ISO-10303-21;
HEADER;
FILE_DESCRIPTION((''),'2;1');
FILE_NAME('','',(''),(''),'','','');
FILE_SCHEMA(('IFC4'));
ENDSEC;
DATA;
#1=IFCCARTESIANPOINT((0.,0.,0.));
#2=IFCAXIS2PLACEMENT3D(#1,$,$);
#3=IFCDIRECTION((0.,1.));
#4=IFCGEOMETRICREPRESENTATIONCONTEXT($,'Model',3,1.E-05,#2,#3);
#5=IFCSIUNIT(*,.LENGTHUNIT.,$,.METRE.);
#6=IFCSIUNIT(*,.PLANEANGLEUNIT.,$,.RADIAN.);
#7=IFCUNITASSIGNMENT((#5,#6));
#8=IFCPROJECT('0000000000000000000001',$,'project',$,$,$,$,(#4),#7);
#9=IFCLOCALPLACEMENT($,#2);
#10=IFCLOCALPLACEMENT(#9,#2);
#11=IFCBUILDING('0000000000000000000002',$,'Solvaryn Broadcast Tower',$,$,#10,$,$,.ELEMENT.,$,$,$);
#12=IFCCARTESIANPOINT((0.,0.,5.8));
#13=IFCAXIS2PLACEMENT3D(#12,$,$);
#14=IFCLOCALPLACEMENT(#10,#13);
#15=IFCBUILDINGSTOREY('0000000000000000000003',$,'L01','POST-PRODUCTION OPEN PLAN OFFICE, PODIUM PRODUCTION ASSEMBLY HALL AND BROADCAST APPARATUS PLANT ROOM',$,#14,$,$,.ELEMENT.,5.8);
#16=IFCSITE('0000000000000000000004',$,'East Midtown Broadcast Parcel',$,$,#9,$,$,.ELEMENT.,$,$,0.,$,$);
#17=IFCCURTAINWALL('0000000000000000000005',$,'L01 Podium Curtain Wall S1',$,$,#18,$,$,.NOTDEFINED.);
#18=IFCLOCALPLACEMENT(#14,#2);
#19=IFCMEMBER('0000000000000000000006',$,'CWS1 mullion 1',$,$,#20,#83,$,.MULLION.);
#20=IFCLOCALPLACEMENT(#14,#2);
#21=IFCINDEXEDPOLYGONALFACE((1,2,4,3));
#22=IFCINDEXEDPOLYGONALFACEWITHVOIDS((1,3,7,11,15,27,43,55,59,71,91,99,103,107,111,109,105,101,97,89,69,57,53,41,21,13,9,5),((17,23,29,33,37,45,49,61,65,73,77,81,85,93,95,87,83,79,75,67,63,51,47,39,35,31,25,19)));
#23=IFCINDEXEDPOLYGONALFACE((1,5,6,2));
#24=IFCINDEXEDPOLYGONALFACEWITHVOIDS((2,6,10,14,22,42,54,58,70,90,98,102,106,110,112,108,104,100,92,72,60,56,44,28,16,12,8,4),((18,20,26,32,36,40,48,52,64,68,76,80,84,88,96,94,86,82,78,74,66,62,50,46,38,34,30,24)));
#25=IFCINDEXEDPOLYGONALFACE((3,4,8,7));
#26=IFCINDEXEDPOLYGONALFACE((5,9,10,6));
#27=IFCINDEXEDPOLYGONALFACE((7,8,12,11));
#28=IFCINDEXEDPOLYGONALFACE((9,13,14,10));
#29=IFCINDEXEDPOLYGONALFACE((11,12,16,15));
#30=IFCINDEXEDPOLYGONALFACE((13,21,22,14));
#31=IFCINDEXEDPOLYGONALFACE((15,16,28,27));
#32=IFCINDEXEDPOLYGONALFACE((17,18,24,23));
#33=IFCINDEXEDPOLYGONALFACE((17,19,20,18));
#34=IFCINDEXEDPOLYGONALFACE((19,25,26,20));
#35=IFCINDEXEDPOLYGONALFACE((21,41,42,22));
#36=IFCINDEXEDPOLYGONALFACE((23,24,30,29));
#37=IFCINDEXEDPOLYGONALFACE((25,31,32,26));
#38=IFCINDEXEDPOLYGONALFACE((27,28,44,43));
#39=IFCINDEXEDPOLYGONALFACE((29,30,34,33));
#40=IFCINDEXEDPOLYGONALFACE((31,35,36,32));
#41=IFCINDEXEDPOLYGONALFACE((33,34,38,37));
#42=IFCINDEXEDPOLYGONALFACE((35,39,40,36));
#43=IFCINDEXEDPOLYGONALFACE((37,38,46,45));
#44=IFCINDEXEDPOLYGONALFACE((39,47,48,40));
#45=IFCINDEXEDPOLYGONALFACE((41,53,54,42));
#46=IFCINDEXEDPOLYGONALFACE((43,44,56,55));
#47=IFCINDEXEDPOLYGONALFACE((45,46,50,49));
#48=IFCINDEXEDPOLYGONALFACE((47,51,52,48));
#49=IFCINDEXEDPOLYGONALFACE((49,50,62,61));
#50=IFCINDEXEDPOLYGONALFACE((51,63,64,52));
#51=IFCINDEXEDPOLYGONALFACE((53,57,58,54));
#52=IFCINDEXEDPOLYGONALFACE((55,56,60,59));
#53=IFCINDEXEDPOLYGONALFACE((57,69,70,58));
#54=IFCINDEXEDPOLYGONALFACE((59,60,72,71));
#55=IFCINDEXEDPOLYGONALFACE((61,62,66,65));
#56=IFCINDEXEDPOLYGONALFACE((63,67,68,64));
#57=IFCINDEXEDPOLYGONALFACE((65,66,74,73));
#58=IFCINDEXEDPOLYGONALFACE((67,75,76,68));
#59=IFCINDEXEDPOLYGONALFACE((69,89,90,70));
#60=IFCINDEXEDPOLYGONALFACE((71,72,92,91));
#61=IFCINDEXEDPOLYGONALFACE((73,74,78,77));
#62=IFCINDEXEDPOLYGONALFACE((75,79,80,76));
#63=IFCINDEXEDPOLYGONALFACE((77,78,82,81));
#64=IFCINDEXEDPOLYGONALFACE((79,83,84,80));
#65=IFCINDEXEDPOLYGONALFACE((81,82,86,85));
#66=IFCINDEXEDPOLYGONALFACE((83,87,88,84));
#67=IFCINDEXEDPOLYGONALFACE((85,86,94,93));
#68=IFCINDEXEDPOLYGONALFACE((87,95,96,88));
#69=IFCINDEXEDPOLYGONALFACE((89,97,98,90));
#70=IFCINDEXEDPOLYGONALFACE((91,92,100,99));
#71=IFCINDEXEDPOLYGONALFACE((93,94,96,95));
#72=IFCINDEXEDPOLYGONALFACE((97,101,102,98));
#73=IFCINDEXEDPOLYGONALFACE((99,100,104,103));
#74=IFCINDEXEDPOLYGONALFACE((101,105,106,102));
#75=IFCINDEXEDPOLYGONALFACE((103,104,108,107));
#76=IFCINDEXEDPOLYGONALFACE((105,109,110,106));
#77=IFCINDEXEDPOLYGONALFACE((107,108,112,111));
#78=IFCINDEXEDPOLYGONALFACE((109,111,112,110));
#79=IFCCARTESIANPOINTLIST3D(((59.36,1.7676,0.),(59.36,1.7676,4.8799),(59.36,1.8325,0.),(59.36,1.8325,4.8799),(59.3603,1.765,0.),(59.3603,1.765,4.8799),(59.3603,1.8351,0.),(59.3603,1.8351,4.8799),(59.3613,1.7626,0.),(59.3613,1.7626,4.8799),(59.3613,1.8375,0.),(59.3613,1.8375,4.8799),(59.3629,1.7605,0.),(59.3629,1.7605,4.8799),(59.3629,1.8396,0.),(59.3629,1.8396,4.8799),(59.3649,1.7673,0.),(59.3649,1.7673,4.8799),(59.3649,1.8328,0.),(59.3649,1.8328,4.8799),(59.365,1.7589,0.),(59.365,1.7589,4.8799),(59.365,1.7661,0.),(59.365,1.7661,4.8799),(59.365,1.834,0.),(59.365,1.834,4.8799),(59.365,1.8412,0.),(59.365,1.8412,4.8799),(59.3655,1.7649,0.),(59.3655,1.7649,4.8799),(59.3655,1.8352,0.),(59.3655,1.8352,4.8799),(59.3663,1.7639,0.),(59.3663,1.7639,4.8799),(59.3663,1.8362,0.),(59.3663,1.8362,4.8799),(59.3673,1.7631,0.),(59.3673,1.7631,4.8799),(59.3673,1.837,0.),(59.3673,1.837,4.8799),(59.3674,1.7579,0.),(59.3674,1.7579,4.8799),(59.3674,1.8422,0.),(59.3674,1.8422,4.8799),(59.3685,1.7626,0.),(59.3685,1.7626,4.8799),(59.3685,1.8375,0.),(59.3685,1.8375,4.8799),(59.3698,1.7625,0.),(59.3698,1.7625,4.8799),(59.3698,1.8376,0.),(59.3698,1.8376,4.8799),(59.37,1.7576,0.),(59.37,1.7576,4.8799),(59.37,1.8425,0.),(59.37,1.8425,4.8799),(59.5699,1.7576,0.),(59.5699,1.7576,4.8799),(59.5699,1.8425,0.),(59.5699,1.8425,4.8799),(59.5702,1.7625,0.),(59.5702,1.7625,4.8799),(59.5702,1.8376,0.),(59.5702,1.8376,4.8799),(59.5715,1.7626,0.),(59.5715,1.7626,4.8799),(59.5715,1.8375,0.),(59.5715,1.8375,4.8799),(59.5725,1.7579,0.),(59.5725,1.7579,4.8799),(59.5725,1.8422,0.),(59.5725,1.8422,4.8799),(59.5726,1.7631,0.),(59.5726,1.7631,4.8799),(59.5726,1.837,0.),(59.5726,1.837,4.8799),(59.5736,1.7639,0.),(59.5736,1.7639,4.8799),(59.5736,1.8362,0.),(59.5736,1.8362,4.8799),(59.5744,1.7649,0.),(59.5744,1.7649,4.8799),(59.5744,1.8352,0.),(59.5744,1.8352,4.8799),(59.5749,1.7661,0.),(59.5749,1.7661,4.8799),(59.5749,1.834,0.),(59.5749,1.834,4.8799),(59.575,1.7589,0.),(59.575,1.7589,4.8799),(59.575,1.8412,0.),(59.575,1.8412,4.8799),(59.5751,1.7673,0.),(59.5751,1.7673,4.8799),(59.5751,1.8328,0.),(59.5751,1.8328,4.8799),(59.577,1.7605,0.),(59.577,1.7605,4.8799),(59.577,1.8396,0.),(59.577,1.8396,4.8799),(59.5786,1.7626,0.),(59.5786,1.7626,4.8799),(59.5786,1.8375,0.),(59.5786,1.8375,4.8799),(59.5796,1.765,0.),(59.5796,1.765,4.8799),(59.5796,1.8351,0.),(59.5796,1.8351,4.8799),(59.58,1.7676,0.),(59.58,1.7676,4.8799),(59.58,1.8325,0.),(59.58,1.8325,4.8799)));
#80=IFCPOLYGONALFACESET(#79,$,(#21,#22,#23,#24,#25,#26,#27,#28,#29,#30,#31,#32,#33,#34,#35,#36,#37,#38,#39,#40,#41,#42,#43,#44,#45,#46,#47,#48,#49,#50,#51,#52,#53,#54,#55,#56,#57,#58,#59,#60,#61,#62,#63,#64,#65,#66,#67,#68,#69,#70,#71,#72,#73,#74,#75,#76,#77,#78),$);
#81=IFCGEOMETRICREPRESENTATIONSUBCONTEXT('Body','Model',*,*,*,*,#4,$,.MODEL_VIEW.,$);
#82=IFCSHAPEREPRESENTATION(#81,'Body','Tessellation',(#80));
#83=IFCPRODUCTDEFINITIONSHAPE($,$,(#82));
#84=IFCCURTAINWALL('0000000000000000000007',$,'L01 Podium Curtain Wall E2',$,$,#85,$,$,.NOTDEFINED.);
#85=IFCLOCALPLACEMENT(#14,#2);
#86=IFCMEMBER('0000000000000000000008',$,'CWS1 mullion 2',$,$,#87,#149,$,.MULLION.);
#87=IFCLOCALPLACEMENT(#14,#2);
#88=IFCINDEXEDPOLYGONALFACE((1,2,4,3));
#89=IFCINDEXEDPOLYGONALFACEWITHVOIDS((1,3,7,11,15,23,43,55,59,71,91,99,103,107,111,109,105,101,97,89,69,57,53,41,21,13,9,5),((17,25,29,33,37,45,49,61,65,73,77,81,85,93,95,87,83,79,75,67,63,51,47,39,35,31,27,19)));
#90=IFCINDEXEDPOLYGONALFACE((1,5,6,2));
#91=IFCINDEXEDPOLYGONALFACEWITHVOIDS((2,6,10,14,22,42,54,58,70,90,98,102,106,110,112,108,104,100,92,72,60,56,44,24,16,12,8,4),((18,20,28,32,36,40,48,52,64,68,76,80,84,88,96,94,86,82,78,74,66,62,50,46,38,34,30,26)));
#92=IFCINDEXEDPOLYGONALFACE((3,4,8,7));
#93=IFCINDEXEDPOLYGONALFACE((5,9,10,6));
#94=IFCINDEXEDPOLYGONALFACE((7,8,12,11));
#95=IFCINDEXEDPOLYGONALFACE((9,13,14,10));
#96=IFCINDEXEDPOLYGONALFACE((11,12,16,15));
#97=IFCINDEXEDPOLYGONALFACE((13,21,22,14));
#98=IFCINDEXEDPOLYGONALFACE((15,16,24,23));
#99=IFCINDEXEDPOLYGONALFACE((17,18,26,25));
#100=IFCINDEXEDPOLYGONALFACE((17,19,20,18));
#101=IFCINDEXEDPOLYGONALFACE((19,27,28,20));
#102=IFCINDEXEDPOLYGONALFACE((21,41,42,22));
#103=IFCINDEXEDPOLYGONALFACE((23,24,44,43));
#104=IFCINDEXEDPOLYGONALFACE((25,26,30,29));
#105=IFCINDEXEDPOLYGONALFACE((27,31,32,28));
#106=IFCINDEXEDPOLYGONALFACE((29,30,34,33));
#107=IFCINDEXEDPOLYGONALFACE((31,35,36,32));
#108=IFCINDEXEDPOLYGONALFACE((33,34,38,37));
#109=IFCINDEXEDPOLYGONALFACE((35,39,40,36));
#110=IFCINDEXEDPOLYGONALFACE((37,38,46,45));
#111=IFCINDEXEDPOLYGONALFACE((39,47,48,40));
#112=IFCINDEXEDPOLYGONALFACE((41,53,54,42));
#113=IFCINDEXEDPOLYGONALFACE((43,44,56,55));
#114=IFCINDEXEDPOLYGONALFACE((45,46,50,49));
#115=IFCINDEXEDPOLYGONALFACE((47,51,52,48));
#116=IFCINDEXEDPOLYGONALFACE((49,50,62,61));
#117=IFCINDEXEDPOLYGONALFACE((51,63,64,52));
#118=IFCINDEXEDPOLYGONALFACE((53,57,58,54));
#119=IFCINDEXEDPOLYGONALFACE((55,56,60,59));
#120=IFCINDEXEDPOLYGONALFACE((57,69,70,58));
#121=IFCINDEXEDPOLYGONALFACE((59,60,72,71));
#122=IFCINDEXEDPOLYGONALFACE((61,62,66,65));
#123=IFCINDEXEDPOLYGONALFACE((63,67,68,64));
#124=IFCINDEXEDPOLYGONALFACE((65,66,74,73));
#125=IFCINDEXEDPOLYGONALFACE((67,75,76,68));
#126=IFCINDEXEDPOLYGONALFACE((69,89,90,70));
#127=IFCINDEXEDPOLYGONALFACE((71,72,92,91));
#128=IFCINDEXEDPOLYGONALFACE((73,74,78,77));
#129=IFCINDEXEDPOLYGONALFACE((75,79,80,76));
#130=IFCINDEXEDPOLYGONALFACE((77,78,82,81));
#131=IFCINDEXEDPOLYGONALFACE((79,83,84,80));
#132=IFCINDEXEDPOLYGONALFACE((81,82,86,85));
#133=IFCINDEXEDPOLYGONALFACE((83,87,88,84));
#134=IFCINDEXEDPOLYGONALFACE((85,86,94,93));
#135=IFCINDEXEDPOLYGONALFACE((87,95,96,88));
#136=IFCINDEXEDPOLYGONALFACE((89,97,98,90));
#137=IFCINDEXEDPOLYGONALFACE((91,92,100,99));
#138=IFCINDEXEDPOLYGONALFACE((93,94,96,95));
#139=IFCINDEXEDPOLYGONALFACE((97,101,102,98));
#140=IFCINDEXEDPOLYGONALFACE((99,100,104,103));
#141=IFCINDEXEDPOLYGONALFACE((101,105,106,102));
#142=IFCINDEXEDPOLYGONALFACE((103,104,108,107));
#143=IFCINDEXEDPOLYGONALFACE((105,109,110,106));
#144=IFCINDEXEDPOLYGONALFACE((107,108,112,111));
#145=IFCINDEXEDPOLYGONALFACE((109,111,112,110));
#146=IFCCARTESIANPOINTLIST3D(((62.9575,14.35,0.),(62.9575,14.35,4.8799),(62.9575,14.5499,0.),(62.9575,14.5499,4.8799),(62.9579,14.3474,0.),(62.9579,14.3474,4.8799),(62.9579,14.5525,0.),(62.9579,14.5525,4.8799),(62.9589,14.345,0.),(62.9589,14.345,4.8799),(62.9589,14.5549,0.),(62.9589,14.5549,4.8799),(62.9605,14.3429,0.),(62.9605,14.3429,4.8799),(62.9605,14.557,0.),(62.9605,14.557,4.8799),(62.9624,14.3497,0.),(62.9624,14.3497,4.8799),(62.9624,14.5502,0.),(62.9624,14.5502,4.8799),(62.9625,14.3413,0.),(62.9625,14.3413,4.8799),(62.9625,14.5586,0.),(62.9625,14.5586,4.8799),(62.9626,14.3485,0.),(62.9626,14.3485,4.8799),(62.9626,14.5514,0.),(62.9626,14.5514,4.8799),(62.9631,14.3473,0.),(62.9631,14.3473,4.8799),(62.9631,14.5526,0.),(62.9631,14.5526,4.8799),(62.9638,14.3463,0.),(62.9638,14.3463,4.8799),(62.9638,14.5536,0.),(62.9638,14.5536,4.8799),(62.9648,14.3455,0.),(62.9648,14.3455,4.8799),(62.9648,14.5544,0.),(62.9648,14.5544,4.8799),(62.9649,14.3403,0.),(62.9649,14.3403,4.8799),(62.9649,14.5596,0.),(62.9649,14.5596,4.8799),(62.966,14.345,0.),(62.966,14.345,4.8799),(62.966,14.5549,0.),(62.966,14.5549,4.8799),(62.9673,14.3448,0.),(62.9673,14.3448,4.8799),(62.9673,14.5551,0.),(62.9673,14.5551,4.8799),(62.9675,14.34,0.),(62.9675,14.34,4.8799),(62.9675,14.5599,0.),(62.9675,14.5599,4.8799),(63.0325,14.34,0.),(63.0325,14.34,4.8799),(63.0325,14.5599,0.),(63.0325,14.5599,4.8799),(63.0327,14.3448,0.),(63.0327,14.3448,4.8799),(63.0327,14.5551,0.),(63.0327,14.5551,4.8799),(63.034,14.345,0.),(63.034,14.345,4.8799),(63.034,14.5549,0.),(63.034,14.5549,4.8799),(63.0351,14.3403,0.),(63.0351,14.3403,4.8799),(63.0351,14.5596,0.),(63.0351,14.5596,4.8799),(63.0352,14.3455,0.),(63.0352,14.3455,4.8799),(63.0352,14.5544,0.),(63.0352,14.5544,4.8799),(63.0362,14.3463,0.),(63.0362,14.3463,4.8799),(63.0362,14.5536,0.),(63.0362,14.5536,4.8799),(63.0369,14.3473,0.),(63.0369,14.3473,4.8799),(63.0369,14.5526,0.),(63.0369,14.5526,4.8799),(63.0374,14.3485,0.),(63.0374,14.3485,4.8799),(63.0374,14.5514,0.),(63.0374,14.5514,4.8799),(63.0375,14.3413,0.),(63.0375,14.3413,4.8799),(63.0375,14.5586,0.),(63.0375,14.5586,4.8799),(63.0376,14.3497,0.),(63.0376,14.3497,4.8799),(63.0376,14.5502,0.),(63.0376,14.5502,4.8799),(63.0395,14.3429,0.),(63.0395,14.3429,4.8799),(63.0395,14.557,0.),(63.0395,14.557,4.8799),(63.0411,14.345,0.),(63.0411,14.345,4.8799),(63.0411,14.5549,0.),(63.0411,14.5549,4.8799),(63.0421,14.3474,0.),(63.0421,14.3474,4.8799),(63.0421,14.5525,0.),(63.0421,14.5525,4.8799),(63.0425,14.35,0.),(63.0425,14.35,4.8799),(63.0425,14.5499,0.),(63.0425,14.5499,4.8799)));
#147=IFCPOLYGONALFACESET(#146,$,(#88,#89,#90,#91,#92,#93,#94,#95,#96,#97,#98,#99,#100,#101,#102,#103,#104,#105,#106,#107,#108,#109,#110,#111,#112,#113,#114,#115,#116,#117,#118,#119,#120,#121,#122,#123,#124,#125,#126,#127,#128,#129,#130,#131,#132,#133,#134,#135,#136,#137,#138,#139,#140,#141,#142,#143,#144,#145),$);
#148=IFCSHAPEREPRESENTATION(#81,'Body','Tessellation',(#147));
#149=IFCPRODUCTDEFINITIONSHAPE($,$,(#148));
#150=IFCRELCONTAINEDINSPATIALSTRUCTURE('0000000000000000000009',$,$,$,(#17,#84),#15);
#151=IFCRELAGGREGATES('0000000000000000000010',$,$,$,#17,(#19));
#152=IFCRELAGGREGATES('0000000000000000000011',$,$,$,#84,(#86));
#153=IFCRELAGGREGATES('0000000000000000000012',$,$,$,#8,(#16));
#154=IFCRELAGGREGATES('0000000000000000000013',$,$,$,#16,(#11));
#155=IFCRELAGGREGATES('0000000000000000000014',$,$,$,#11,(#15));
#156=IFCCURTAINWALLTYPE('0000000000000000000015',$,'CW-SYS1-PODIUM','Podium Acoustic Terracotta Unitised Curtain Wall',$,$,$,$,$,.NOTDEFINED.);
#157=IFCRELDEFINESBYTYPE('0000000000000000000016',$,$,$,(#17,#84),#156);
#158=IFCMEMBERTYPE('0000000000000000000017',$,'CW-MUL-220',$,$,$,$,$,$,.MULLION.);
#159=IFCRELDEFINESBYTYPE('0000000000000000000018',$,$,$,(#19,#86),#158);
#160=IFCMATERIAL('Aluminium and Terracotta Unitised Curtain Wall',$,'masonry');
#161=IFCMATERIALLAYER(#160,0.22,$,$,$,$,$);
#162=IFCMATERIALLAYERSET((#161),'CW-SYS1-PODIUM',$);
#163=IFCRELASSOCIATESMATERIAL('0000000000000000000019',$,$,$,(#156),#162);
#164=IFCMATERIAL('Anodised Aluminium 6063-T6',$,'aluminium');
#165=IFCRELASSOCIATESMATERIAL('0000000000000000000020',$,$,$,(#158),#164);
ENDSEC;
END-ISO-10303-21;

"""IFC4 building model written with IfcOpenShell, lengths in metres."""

from ifc_helpers import new_model, si_unit, direction, frame, origin, origin_2d, place, context, subcontext, project, spatial, hollow_rectangle, extrude, material, layer, layer_set, material_profile, profile_set, type_object, element, aggregate, save


model = new_model("IFC4")

# Units and contexts
model_context = context("Model", 3, precision=1e-05, world=origin(), true_north=direction((0.0, 1.0)))
body_context = subcontext(model_context, "Body", "Model", "MODEL_VIEW")
ifc_project = project(units=[si_unit("LENGTHUNIT", "METRE"), si_unit("PLANEANGLEUNIT", "RADIAN")], contexts=[model_context])

# Site, building, storey
site_placement = place(None, origin())
site = spatial("IfcSite", under=ifc_project, at=site_placement, Name="East Midtown Broadcast Parcel", CompositionType="ELEMENT", RefElevation=0.0)
building_placement = place(site_placement, origin())
building = spatial("IfcBuilding", under=site, at=building_placement, Name="Solvaryn Broadcast Tower", CompositionType="ELEMENT")
storey_placement = place(building_placement, frame((0.0, 0.0, 5.8)))
storey = spatial("IfcBuildingStorey", under=building, at=storey_placement, Name="L01", Description="POST-PRODUCTION OPEN PLAN OFFICE, PODIUM PRODUCTION ASSEMBLY HALL AND BROADCAST APPARATUS PLANT ROOM", CompositionType="ELEMENT", Elevation=5.8)

# Curtain wall, member
ifc_material_1 = material(Name="Aluminium and Terracotta Unitised Curtain Wall", Category="masonry")
ifc_layer_1 = layer(ifc_material_1, 0.22)
ifc_layer_set_1 = layer_set([ifc_layer_1], Name="CW-SYS1-PODIUM")
curtain_wall_type = type_object("IfcCurtainWallType", Name="CW-SYS1-PODIUM", Description="Podium Acoustic Terracotta Unitised Curtain Wall", PredefinedType="NOTDEFINED", material=ifc_layer_set_1)
curtain_wall_1_placement = place(storey_placement, origin())
curtain_wall_1 = element("IfcCurtainWall", 1, at=curtain_wall_1_placement, inside=storey, type_object=curtain_wall_type, Name="L01 Podium Curtain Wall S1", PredefinedType="NOTDEFINED")
ifc_material_2 = material(Name="Anodised Aluminium 6063-T6", Category="aluminium")
ifc_material_profile_1 = material_profile(ifc_material_2, hollow_rectangle(XDim=0.085, YDim=0.22, WallThickness=0.0049, InnerFilletRadius=0.0049, OuterFilletRadius=0.01, at=origin_2d()))
ifc_profile_set_1 = profile_set([ifc_material_profile_1], Name="Anodised Aluminium 6063-T6")
member_type_1 = type_object("IfcMemberType", Name="CW-MUL-220", PredefinedType="MULLION", material=ifc_profile_set_1)
member_1_placement = place(storey_placement, frame((59.47, 1.8, 0.0), z_axis=(0.0, 0.0, 1.0), x_axis=(0.0, -1.0, 0.0)))
member_1 = element("IfcMember", 2, at=member_1_placement, type_object=member_type_1, Name="CWS1 mullion 1", PredefinedType="MULLION", context=body_context, shape_type="SweptSolid", body=[
    extrude(hollow_rectangle(XDim=0.085, YDim=0.22, WallThickness=0.0049, InnerFilletRadius=0.0049, OuterFilletRadius=0.01, at=origin_2d()), origin(), (0.0, 0.0, 1.0), 4.8799),
])

# Curtain wall, member
curtain_wall_2_placement = place(storey_placement, origin())
curtain_wall_2 = element("IfcCurtainWall", 3, at=curtain_wall_2_placement, inside=storey, type_object=curtain_wall_type, Name="L01 Podium Curtain Wall E2", PredefinedType="NOTDEFINED")
member_2_placement = place(storey_placement, frame((63.0, 14.45, 0.0), z_axis=(0.0, 0.0, 1.0), x_axis=(1.0, 0.0, 0.0)))
member_2 = element("IfcMember", 4, at=member_2_placement, type_object=member_type_1, Name="CWS1 mullion 2", PredefinedType="MULLION", context=body_context, shape_type="SweptSolid", body=[
    extrude(hollow_rectangle(XDim=0.085, YDim=0.22, WallThickness=0.0049, InnerFilletRadius=0.0049, OuterFilletRadius=0.01, at=origin_2d()), origin(), (0.0, 0.0, 1.0), 4.8799),
])

aggregate(curtain_wall_1, [member_1])

aggregate(curtain_wall_2, [member_2])

save(model, "model.ifc")
